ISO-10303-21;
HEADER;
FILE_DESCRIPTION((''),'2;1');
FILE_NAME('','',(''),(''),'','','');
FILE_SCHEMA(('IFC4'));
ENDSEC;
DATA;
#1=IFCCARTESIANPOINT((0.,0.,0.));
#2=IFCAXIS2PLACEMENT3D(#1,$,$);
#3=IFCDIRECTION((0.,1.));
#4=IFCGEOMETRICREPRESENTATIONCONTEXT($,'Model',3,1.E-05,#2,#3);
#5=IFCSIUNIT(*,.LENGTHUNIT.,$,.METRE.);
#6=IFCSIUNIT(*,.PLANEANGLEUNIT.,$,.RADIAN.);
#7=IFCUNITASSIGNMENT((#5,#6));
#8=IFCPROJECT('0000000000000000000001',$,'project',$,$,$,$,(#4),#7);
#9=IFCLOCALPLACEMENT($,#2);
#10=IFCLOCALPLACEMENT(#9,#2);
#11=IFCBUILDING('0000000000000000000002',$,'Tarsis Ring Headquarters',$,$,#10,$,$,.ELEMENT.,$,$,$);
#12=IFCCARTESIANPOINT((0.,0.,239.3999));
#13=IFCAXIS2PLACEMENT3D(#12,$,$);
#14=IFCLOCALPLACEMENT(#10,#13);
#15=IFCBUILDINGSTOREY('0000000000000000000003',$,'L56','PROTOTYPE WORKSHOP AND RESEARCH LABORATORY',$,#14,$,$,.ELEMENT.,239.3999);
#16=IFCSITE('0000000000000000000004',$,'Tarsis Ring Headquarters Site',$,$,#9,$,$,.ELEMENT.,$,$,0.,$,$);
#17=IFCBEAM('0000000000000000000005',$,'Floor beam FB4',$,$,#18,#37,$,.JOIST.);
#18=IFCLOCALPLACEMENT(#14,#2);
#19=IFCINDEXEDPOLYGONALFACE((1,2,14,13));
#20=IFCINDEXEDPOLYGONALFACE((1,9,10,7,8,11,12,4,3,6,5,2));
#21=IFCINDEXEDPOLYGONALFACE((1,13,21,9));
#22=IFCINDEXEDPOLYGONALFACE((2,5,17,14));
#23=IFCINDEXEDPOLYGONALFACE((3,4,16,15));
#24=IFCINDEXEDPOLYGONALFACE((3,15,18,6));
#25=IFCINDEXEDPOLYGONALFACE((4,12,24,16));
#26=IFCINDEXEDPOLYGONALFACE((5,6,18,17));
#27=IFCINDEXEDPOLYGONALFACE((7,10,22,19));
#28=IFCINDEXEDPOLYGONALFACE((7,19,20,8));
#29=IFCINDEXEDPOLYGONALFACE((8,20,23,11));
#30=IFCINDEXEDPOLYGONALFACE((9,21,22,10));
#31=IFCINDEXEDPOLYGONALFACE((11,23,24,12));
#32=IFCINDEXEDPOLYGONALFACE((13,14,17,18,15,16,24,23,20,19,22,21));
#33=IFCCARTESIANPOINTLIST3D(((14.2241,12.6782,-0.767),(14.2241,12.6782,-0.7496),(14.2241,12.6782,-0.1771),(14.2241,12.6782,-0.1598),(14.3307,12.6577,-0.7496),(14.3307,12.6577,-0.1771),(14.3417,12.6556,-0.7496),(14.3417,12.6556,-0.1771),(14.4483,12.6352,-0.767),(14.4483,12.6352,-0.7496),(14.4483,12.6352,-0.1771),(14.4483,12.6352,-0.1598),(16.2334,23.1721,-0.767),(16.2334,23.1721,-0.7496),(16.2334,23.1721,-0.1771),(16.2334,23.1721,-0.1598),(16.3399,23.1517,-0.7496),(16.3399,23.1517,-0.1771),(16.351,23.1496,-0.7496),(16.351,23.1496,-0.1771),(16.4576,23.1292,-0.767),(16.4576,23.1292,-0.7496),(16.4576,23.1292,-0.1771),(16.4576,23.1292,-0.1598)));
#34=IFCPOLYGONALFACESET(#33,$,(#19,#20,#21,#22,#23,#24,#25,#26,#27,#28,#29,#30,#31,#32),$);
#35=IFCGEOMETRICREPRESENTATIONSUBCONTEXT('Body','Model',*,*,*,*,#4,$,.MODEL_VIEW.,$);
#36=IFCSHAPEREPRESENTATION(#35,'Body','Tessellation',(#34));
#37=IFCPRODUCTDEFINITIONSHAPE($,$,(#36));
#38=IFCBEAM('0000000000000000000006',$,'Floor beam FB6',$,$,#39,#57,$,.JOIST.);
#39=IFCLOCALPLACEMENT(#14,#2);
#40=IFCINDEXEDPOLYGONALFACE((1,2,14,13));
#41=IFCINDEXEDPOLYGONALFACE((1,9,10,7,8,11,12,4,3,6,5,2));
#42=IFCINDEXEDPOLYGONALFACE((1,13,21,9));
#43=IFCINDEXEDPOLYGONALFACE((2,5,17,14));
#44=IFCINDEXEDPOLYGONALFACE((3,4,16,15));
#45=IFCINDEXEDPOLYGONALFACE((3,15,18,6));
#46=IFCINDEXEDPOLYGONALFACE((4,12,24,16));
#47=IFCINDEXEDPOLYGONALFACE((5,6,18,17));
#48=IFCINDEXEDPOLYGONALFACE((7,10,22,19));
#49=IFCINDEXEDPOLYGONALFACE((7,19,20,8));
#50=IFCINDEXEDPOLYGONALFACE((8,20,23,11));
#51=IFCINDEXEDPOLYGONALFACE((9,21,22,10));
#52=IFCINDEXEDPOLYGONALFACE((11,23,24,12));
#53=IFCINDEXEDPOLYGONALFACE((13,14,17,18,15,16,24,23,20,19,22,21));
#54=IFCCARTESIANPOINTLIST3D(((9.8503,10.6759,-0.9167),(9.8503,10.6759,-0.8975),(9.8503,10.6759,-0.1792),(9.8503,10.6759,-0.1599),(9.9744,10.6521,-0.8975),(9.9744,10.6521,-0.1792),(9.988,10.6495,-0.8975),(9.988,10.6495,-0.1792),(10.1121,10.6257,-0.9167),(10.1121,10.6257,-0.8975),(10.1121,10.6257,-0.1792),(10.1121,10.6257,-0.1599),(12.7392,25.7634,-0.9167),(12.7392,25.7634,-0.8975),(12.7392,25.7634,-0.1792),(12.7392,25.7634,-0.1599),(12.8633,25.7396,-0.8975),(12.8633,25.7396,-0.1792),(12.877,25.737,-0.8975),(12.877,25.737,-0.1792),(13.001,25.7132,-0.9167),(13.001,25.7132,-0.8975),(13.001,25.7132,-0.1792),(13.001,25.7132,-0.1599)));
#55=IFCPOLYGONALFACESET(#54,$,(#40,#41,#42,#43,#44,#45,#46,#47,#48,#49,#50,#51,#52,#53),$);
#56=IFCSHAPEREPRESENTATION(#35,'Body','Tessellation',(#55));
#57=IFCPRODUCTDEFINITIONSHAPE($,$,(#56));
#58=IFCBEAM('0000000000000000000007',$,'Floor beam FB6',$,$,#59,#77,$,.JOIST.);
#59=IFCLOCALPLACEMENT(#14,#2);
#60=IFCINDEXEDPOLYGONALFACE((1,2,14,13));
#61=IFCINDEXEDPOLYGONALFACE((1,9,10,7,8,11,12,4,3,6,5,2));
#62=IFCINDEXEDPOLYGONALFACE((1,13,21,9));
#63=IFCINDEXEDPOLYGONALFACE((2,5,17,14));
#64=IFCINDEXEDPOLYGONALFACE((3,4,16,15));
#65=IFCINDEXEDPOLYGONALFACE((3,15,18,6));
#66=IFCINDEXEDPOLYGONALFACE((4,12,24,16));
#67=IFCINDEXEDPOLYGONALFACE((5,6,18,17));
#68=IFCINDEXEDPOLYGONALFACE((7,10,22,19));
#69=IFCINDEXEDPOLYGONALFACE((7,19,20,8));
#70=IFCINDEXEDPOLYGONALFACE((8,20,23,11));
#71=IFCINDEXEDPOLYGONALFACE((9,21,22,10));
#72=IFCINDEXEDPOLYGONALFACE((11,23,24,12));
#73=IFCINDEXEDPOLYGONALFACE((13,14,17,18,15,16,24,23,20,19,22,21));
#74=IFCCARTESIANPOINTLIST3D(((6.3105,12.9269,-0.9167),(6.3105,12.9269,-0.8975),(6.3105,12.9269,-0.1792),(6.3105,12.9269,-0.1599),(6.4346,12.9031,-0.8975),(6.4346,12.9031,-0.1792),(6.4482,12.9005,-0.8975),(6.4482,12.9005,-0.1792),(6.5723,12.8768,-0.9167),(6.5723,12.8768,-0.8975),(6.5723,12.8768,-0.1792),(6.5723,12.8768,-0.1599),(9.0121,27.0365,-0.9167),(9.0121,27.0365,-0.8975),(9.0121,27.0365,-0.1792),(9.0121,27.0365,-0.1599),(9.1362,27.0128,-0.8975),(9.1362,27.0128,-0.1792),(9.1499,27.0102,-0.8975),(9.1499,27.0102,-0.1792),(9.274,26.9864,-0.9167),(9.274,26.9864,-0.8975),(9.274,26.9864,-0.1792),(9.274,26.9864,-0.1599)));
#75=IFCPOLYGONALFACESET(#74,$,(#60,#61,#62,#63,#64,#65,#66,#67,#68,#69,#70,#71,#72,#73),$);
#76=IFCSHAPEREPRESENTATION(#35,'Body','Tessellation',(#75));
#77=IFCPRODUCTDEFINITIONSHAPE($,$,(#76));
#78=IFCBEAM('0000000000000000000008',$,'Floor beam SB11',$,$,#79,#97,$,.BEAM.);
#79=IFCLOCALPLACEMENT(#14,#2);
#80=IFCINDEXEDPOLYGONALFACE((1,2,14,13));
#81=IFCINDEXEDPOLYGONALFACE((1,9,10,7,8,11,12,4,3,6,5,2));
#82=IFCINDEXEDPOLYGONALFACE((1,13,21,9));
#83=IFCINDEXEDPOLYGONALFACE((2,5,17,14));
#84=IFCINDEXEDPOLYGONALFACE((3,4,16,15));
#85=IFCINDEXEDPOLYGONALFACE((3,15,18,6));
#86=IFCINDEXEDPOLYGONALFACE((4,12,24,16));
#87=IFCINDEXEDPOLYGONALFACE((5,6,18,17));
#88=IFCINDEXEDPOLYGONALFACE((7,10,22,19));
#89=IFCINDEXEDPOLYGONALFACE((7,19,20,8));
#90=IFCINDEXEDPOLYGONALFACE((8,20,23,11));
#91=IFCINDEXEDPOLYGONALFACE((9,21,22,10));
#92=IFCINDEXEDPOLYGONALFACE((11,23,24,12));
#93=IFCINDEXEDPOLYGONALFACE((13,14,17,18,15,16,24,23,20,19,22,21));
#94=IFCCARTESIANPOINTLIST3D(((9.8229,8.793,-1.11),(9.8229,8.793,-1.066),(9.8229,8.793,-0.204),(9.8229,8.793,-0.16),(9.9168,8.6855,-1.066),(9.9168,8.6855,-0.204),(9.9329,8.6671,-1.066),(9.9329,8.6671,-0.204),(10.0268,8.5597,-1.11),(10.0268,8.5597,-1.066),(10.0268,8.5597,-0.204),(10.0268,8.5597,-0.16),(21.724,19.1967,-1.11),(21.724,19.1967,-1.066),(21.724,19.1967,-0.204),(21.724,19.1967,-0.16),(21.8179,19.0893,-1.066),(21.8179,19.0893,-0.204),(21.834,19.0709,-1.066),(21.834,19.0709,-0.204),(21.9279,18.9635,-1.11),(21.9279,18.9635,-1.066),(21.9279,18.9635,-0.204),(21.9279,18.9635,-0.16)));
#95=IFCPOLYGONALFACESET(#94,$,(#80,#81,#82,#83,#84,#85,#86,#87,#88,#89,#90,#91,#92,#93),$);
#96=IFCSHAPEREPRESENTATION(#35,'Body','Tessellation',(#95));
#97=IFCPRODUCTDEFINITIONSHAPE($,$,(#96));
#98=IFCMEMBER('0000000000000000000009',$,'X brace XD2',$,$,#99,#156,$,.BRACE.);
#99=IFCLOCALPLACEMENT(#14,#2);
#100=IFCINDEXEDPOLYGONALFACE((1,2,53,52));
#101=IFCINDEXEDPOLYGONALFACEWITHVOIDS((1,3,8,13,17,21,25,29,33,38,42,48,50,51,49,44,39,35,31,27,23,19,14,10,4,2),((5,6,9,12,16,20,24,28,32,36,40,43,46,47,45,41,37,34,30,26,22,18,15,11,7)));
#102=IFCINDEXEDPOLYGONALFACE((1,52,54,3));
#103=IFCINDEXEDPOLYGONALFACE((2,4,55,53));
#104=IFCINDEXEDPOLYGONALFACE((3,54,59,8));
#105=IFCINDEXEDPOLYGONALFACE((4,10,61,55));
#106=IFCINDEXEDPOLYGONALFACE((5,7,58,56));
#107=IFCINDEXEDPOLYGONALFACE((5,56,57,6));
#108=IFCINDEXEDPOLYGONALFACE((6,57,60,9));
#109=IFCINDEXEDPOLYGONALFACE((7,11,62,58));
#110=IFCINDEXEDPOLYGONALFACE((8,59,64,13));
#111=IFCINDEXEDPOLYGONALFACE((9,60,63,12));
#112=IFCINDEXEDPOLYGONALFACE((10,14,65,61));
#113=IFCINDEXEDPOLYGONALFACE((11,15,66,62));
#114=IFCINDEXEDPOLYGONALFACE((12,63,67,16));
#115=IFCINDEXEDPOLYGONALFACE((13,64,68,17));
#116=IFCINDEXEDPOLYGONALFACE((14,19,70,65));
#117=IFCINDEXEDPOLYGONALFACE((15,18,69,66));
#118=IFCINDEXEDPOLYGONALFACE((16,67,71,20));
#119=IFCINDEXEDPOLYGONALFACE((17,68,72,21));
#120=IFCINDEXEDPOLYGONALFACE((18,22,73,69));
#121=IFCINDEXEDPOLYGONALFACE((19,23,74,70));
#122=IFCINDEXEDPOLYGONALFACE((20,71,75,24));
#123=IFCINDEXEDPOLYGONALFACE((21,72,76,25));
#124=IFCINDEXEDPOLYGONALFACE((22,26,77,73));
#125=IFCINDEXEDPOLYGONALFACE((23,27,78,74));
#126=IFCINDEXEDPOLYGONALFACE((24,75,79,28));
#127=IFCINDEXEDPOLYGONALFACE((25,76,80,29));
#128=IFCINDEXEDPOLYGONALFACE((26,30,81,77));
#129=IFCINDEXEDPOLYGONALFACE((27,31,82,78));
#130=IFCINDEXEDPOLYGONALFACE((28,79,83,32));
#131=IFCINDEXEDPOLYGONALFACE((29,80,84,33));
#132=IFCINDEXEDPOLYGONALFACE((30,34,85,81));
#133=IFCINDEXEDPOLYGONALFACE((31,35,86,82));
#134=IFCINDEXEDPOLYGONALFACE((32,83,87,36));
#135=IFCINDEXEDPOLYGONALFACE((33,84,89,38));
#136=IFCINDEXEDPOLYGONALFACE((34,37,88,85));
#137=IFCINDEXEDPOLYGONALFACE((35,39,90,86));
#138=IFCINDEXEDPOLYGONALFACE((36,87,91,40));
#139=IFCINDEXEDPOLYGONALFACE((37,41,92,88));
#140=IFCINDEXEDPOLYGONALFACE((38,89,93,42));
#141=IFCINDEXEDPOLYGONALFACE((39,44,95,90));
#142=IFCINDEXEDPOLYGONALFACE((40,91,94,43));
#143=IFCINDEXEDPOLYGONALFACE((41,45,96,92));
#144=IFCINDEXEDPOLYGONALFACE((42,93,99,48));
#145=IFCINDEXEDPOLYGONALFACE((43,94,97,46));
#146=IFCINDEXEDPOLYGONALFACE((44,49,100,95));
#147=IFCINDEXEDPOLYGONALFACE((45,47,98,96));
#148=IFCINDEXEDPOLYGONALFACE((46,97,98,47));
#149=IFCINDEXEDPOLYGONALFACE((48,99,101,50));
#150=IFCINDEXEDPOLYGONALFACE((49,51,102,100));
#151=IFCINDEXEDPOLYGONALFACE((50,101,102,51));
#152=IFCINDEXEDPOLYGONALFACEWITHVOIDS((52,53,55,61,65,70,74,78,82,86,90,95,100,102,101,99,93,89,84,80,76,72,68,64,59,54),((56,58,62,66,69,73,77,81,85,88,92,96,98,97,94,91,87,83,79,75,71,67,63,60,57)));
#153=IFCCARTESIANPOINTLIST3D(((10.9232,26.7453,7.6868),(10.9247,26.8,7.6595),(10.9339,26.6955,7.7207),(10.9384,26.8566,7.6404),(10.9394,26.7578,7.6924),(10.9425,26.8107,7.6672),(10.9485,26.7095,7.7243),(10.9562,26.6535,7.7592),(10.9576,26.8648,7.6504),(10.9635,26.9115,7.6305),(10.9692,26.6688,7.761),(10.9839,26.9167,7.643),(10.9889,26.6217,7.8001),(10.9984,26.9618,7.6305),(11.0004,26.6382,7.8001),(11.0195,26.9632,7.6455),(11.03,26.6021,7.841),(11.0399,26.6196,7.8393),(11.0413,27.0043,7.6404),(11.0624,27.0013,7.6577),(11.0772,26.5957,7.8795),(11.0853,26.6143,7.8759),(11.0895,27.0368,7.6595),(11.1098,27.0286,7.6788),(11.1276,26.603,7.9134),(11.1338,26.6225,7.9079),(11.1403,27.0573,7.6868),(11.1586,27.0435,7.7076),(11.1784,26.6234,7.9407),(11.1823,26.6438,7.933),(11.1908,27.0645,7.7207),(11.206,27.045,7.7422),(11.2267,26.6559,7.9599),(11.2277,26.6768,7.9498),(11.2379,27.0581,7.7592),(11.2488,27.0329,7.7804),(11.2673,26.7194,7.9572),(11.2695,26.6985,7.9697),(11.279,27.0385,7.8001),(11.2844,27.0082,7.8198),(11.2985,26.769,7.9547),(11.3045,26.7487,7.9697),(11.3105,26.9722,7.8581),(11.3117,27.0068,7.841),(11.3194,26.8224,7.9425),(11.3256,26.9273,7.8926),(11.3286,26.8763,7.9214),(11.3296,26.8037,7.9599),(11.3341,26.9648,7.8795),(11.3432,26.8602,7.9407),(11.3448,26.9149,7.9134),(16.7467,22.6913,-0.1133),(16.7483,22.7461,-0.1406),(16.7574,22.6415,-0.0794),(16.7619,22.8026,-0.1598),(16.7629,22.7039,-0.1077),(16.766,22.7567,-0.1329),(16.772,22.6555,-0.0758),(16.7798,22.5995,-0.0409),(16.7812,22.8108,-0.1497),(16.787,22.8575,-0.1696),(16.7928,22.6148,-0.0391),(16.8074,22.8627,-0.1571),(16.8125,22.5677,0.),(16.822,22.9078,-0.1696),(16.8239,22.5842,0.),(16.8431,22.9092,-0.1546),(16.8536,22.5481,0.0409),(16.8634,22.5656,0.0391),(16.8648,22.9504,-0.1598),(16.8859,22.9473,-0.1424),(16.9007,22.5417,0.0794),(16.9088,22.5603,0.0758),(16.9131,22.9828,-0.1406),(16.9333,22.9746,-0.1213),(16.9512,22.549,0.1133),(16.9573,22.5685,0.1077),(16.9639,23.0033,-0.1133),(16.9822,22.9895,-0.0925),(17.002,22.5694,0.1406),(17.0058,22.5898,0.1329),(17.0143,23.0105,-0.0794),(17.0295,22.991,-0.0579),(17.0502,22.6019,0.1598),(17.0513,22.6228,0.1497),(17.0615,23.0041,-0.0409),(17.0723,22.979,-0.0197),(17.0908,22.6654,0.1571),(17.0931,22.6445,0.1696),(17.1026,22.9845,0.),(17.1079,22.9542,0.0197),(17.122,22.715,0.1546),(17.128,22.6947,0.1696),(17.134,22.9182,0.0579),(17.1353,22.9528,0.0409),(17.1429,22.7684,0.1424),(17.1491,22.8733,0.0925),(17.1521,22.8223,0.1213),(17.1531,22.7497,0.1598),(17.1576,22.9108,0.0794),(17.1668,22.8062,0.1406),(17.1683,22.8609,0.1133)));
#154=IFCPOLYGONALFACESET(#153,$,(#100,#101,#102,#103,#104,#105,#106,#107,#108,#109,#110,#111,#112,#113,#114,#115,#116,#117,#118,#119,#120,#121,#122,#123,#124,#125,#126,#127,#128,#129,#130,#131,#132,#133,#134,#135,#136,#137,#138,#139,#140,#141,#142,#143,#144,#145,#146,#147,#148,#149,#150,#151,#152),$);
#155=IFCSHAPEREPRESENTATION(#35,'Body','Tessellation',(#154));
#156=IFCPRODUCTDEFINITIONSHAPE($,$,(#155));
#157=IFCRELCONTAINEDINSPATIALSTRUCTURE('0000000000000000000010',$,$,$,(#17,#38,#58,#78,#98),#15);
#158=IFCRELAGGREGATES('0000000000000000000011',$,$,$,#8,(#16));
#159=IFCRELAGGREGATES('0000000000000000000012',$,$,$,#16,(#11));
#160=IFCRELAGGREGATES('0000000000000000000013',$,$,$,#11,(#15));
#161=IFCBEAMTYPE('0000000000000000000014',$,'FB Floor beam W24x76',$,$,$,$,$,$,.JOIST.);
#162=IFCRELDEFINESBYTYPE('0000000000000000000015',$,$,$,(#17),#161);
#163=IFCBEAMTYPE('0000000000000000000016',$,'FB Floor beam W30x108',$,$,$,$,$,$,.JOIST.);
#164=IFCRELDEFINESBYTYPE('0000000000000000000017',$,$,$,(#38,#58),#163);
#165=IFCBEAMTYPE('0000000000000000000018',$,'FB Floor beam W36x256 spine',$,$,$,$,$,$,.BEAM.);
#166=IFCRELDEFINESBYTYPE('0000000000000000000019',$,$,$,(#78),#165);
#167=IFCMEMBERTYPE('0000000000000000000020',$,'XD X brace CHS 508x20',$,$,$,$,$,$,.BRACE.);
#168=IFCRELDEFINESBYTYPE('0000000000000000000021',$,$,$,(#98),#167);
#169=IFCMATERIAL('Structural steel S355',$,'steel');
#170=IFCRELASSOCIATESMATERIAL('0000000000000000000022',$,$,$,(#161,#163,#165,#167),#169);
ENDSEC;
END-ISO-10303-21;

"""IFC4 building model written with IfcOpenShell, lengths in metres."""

from ifc_helpers import new_model, si_unit, direction, frame, origin, origin_2d, place, context, subcontext, project, spatial, hollow_circle, i_section, extrude, material, material_profile, profile_set, type_object, element, save


model = new_model("IFC4")

# Units and contexts
model_context = context("Model", 3, precision=1e-05, world=origin(), true_north=direction((0.0, 1.0)))
body_context = subcontext(model_context, "Body", "Model", "MODEL_VIEW")
ifc_project = project(units=[si_unit("LENGTHUNIT", "METRE"), si_unit("PLANEANGLEUNIT", "RADIAN")], contexts=[model_context])

# Site, building, storey
site_placement = place(None, origin())
site = spatial("IfcSite", under=ifc_project, at=site_placement, Name="Tarsis Ring Headquarters Site", CompositionType="ELEMENT", RefElevation=0.0)
building_placement = place(site_placement, origin())
building = spatial("IfcBuilding", under=site, at=building_placement, Name="Tarsis Ring Headquarters", CompositionType="ELEMENT")
storey_placement = place(building_placement, frame((0.0, 0.0, 239.3999)))
storey = spatial("IfcBuildingStorey", under=building, at=storey_placement, Name="L56", Description="PROTOTYPE WORKSHOP AND RESEARCH LABORATORY", CompositionType="ELEMENT", Elevation=239.3999)

# Shared definitions
ifc_material_1 = material(Name="Structural steel S355", Category="steel")

# Beams
ifc_material_profile_1 = material_profile(ifc_material_1, i_section(OverallWidth=0.2283, OverallDepth=0.6072, WebThickness=0.0112, FlangeThickness=0.0173, at=origin_2d()), Name="W24x76")
ifc_profile_set_1 = profile_set([ifc_material_profile_1], Name="Structural steel S355")
beam_type_1 = type_object("IfcBeamType", Name="FB Floor beam W24x76", PredefinedType="JOIST", material=ifc_profile_set_1)
beam_1_placement = place(storey_placement, frame((16.3455, 23.1506, -0.4634), z_axis=(-0.188055, -0.982159, 0.0), x_axis=(0.982159, -0.188055, 0.0)))
element("IfcBeam", 1, at=beam_1_placement, inside=storey, type_object=beam_type_1, Name="Floor beam FB4", PredefinedType="JOIST", context=body_context, shape_type="SweptSolid", body=[
    extrude(i_section(OverallWidth=0.2283, OverallDepth=0.6072, WebThickness=0.0112, FlangeThickness=0.0173, at=origin_2d()), origin(), (0.0, 0.0, 1.0), 10.6846),
])
ifc_material_profile_2 = material_profile(ifc_material_1, i_section(OverallWidth=0.2666, OverallDepth=0.7568, WebThickness=0.0139, FlangeThickness=0.0193, at=origin_2d()), Name="W30x108")
ifc_profile_set_2 = profile_set([ifc_material_profile_2], Name="Structural steel S355")
beam_type_2 = type_object("IfcBeamType", Name="FB Floor beam W30x108", PredefinedType="JOIST", material=ifc_profile_set_2)
beam_2_placement = place(storey_placement, frame((12.8701, 25.7383, -0.5383), z_axis=(-0.188062, -0.982157, 0.0), x_axis=(0.982157, -0.188062, 0.0)))
element("IfcBeam", 2, at=beam_2_placement, inside=storey, type_object=beam_type_2, Name="Floor beam FB6", PredefinedType="JOIST", context=body_context, shape_type="SweptSolid", body=[
    extrude(i_section(OverallWidth=0.2666, OverallDepth=0.7568, WebThickness=0.0139, FlangeThickness=0.0193, at=origin_2d()), origin(), (0.0, 0.0, 1.0), 15.3616),
])
beam_3_placement = place(storey_placement, frame((9.1431, 27.0115, -0.5383), z_axis=(-0.18806, -0.982158, 0.0), x_axis=(0.982158, -0.18806, 0.0)))
element("IfcBeam", 3, at=beam_3_placement, inside=storey, type_object=beam_type_2, Name="Floor beam FB6", PredefinedType="JOIST", context=body_context, shape_type="SweptSolid", body=[
    extrude(i_section(OverallWidth=0.2666, OverallDepth=0.7568, WebThickness=0.0139, FlangeThickness=0.0193, at=origin_2d()), origin(), (0.0, 0.0, 1.0), 14.366),
])
ifc_material_profile_3 = material_profile(ifc_material_1, i_section(OverallWidth=0.3098, OverallDepth=0.95, WebThickness=0.0244, FlangeThickness=0.0439, at=origin_2d()), Name="W36x256")
ifc_profile_set_3 = profile_set([ifc_material_profile_3], Name="Structural steel S355")
beam_type_3 = type_object("IfcBeamType", Name="FB Floor beam W36x256 spine", PredefinedType="BEAM", material=ifc_profile_set_3)
beam_4_placement = place(storey_placement, frame((21.8259, 19.0801, -0.635), z_axis=(-0.75288, -0.658158, 0.0), x_axis=(0.658158, -0.75288, 0.0)))
element("IfcBeam", 4, at=beam_4_placement, inside=storey, type_object=beam_type_3, Name="Floor beam SB11", PredefinedType="BEAM", context=body_context, shape_type="SweptSolid", body=[
    extrude(i_section(OverallWidth=0.3098, OverallDepth=0.95, WebThickness=0.0244, FlangeThickness=0.0439, at=origin_2d()), origin(), (0.0, 0.0, 1.0), 15.8074),
])

# Member
ifc_material_profile_4 = material_profile(ifc_material_1, hollow_circle(Radius=0.2539, WallThickness=0.02, at=origin_2d()), Name="CHS 508x20")
ifc_profile_set_4 = profile_set([ifc_material_profile_4], Name="Structural steel S355")
member_type = type_object("IfcMemberType", Name="XD X brace CHS 508x20", PredefinedType="BRACE", material=ifc_profile_set_4)
member_1_placement = place(storey_placement, frame((16.9575, 22.7761, 0.0), z_axis=(-0.552273, 0.384458, 0.739721), x_axis=(-0.571334, -0.820718, 0.0)))
element("IfcMember", 5, at=member_1_placement, inside=storey, type_object=member_type, Name="X brace XD2", PredefinedType="BRACE", context=body_context, shape_type="SweptSolid", body=[
    extrude(hollow_circle(Radius=0.2539, WallThickness=0.02, at=origin_2d()), origin(), (0.0, 0.0, 1.0), 10.5447),
])

save(model, "model.ifc")
